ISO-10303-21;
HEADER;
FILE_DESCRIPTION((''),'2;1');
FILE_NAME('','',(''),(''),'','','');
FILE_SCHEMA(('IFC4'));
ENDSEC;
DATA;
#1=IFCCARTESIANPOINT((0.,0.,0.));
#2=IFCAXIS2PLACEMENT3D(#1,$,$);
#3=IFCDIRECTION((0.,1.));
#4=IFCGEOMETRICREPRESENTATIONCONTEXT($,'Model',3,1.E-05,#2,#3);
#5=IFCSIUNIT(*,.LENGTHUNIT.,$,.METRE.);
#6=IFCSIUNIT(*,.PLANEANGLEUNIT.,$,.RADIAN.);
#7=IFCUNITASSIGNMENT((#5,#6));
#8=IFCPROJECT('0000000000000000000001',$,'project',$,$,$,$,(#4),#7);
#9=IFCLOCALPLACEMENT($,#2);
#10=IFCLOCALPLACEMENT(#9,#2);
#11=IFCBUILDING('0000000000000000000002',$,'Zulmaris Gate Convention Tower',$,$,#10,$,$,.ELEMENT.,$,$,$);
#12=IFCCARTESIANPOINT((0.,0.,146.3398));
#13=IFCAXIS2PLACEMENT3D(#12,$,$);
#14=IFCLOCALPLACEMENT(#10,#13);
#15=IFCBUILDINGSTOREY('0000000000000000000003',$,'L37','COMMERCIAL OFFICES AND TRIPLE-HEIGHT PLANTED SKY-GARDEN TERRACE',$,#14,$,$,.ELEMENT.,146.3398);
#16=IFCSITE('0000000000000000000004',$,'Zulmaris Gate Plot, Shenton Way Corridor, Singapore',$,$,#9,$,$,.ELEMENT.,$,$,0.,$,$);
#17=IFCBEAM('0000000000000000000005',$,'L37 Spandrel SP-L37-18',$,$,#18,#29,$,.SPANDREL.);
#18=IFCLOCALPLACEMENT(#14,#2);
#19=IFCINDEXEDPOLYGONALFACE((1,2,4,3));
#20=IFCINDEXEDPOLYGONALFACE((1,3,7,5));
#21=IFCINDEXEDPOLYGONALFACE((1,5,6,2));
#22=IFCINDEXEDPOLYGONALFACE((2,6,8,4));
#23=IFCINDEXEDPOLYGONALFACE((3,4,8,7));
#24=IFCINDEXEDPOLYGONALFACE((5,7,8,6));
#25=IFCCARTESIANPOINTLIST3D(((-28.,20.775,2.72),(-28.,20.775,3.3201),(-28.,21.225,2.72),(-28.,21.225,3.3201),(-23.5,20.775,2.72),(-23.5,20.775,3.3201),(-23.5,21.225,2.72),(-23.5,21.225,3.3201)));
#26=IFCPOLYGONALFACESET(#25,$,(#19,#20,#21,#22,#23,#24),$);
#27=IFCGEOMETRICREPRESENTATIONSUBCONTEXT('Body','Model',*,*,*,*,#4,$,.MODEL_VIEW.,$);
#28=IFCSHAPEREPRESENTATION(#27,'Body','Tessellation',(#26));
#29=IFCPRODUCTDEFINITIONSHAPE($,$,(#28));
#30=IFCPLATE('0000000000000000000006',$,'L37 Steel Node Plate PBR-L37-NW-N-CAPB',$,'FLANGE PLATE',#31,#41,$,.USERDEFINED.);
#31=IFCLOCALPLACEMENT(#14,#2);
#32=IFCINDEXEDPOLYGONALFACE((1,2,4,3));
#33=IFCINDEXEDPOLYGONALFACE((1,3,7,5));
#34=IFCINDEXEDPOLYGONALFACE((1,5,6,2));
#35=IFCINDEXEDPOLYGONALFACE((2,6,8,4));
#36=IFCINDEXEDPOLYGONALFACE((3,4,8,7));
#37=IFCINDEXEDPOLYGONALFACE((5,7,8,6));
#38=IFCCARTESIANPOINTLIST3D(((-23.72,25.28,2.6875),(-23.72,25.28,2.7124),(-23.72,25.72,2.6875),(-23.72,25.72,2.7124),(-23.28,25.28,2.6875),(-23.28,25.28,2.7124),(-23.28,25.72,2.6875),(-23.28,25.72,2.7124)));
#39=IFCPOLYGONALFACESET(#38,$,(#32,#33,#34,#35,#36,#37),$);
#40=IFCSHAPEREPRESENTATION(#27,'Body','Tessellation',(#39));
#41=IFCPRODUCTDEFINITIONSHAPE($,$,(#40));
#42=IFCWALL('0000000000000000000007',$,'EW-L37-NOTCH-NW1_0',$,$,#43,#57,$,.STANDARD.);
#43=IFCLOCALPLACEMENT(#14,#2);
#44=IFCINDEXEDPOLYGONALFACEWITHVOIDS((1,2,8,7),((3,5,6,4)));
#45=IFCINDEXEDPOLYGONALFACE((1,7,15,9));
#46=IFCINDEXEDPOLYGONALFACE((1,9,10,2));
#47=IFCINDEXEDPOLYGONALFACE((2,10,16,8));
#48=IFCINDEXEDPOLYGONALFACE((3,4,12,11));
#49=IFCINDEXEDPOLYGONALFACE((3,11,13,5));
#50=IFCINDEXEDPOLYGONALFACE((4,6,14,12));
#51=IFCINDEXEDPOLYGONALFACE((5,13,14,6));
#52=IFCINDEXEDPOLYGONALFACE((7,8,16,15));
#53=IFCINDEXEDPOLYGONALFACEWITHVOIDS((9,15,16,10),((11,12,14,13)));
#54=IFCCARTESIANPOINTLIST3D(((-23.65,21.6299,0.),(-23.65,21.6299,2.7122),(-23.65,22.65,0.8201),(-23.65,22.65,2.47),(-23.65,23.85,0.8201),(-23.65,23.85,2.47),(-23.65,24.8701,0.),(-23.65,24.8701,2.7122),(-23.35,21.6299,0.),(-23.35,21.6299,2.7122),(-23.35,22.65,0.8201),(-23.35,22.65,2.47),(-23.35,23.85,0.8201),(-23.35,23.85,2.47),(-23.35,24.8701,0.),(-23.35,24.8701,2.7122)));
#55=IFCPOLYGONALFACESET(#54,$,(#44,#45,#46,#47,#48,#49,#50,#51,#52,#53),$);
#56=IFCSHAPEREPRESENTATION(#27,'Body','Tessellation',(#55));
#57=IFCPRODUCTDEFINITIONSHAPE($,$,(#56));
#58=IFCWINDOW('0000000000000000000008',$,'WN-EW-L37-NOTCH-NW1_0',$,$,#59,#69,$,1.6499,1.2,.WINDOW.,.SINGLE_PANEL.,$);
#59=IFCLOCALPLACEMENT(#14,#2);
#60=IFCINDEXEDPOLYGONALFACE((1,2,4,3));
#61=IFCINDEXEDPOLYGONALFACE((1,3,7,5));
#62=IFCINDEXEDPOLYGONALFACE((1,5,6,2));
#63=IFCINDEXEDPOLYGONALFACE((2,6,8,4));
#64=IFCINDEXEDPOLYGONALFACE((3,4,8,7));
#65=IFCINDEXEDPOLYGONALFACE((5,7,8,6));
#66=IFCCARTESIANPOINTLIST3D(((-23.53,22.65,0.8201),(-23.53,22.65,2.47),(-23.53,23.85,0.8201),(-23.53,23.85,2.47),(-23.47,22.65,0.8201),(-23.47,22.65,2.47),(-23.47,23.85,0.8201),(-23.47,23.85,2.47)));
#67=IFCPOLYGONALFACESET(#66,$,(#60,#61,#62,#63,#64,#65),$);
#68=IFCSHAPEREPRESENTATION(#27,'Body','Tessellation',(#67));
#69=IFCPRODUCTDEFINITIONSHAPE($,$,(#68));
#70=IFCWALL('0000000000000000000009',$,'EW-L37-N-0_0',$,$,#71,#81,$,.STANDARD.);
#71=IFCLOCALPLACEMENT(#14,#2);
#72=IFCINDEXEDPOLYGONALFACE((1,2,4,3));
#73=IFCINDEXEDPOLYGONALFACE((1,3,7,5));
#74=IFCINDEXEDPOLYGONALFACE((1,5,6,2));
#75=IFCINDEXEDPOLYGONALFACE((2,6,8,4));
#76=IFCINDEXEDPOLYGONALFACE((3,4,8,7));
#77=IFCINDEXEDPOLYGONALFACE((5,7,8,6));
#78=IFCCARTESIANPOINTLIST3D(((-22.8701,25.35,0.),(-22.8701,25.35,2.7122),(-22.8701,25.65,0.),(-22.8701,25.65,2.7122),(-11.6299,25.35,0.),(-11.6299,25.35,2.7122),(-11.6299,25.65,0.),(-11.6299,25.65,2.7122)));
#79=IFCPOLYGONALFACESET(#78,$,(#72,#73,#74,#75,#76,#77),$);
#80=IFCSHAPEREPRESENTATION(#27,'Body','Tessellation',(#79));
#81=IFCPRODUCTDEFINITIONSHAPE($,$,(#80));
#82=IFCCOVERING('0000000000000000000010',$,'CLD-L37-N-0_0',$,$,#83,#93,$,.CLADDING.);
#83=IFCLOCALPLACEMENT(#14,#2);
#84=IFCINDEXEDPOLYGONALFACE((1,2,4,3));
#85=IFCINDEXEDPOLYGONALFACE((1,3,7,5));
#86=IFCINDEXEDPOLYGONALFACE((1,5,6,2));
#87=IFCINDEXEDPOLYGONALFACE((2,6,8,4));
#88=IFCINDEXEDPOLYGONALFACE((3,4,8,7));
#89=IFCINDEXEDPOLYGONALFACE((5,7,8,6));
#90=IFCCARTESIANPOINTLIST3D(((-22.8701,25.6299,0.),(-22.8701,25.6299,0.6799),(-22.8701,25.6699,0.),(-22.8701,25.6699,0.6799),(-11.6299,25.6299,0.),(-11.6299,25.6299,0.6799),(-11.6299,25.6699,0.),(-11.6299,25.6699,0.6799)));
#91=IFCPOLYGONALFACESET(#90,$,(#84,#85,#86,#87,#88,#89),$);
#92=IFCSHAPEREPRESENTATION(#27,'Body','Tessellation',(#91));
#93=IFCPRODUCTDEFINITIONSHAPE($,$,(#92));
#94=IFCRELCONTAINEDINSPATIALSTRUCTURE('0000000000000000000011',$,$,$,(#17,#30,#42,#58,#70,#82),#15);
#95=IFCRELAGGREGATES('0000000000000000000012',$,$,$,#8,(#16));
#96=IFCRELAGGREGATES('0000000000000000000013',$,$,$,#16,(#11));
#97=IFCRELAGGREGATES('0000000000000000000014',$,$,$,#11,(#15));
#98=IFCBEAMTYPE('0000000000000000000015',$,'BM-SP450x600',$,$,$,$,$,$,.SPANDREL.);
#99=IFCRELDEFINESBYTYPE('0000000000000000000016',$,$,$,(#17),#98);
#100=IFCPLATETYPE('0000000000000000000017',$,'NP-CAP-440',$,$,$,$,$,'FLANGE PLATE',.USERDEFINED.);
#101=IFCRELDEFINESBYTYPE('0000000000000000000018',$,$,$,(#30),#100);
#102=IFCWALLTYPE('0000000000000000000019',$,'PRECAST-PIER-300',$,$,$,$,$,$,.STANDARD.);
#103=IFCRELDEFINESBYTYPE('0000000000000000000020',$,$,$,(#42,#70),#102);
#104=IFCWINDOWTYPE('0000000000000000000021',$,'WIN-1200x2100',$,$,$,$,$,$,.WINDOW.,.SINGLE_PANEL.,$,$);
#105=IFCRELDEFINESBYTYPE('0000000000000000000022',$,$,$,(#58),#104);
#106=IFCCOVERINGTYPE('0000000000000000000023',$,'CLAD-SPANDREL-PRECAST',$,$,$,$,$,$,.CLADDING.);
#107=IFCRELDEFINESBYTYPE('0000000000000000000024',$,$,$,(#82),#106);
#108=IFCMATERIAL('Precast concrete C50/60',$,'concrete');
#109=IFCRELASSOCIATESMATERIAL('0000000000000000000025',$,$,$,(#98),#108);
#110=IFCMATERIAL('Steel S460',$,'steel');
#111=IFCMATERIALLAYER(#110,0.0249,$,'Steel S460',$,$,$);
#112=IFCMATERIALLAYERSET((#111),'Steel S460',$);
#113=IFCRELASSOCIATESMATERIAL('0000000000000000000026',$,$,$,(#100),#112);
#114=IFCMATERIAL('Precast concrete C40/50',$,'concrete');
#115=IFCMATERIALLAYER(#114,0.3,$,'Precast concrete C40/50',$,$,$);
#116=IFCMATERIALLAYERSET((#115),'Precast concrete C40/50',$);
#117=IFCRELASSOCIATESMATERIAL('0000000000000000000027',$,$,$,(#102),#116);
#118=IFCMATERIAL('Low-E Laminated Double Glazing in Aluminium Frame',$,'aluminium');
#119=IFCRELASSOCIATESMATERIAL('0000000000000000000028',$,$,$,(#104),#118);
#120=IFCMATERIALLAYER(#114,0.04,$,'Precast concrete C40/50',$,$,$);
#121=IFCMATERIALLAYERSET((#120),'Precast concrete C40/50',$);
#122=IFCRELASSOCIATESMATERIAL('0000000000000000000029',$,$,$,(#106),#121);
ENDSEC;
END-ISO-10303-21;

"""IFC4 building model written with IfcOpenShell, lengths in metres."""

from ifc_helpers import new_model, si_unit, direction, frame, frame_2d, origin, origin_2d, place, context, subcontext, project, spatial, rectangle, extrude, material, layer, layer_set, material_profile, profile_set, type_object, element, fill, save


model = new_model("IFC4")

# Units and contexts
model_context = context("Model", 3, precision=1e-05, world=origin(), true_north=direction((0.0, 1.0)))
body_context = subcontext(model_context, "Body", "Model", "MODEL_VIEW")
ifc_project = project(units=[si_unit("LENGTHUNIT", "METRE"), si_unit("PLANEANGLEUNIT", "RADIAN")], contexts=[model_context])

# Site, building, storey
site_placement = place(None, origin())
site = spatial("IfcSite", under=ifc_project, at=site_placement, Name="Zulmaris Gate Plot, Shenton Way Corridor, Singapore", CompositionType="ELEMENT", RefElevation=0.0)
building_placement = place(site_placement, origin())
building = spatial("IfcBuilding", under=site, at=building_placement, Name="Zulmaris Gate Convention Tower", CompositionType="ELEMENT")
storey_placement = place(building_placement, frame((0.0, 0.0, 146.3398)))
storey = spatial("IfcBuildingStorey", under=building, at=storey_placement, Name="L37", Description="COMMERCIAL OFFICES AND TRIPLE-HEIGHT PLANTED SKY-GARDEN TERRACE", CompositionType="ELEMENT", Elevation=146.3398)

# Beam
ifc_material_1 = material(Name="Precast concrete C50/60", Category="concrete")
ifc_material_profile_1 = material_profile(ifc_material_1, rectangle(XDim=0.45, YDim=0.6001, at=origin_2d()), Name="RC SPANDREL 450x600")
ifc_profile_set_1 = profile_set([ifc_material_profile_1], Name="Precast concrete C50/60")
beam_type_1 = type_object("IfcBeamType", Name="BM-SP450x600", PredefinedType="SPANDREL", material=ifc_profile_set_1)
for number, where, z_axis, x_axis, name in (
    (1, (-23.5, 21.0, 3.02), (-1.0, 0.0, 0.0), (0.0, -1.0, 0.0), "L37 Spandrel SP-L37-18"),
):
    element("IfcBeam", number, at=place(storey_placement, frame(where, z_axis=z_axis, x_axis=x_axis)), inside=storey, type_object=beam_type_1, Name=name, PredefinedType="SPANDREL", context=body_context, shape_type="SweptSolid", body=[
        extrude(rectangle(XDim=0.45, YDim=0.6001, at=origin_2d()), origin(), (0.0, 0.0, 1.0), 4.5),
    ])

# Plate
ifc_material_2 = material(Name="Steel S460", Category="steel")
ifc_layer_1 = layer(ifc_material_2, 0.0249, Name="Steel S460")
ifc_layer_set_1 = layer_set([ifc_layer_1], Name="Steel S460")
plate_type = type_object("IfcPlateType", Name="NP-CAP-440", ElementType="FLANGE PLATE", PredefinedType="USERDEFINED", material=ifc_layer_set_1)
plate_placement = place(storey_placement, frame((-23.5, 25.5, 2.6875), z_axis=(0.0, 0.0, 1.0), x_axis=(1.0, 0.0, 0.0)))
element("IfcPlate", 2, at=plate_placement, inside=storey, type_object=plate_type, Name="L37 Steel Node Plate PBR-L37-NW-N-CAPB", ObjectType="FLANGE PLATE", PredefinedType="USERDEFINED", context=body_context, shape_type="SweptSolid", body=[
    extrude(rectangle(XDim=0.4399, YDim=0.4399, at=origin_2d()), origin(), (0.0, 0.0, 1.0), 0.0249),
])

# Wall, opening, window
ifc_material_3 = material(Name="Precast concrete C40/50", Category="concrete")
ifc_layer_2 = layer(ifc_material_3, 0.3, Name="Precast concrete C40/50")
ifc_layer_set_2 = layer_set([ifc_layer_2], Name="Precast concrete C40/50")
wall_type_1 = type_object("IfcWallType", Name="PRECAST-PIER-300", PredefinedType="STANDARD", material=ifc_layer_set_2)
wall_1_placement = place(storey_placement, frame((-23.5, 24.8701, 0.0), z_axis=(0.0, 0.0, 1.0), x_axis=(0.0, -1.0, 0.0)))
wall_1 = element("IfcWall", 3, at=wall_1_placement, inside=storey, type_object=wall_type_1, Name="EW-L37-NOTCH-NW1_0", PredefinedType="STANDARD", context=body_context, shape_type="SweptSolid", body=[
    extrude(rectangle(XDim=3.2402, YDim=0.3, at=frame_2d((1.6201, 0.0))), origin(), (0.0, 0.0, 1.0), 2.7122),
])
opening_1_placement = place(wall_1_placement, frame((1.02, 0.0, 0.8201)))
opening_1 = element("IfcOpeningElement", 4, at=opening_1_placement, cuts=wall_1, PredefinedType="OPENING", context=body_context, shape_type="SweptSolid", body=[
    extrude(rectangle(XDim=1.2, YDim=1.6499, at=frame_2d((0.6001, 0.825))), frame((0.0, 0.1602, 0.0), z_axis=(0.0, -1.0, 0.0), x_axis=(1.0, 0.0, 0.0)), (0.0, 0.0, 1.0), 0.3201),
])
ifc_material_4 = material(Name="Low-E Laminated Double Glazing in Aluminium Frame", Category="aluminium")
window_type = type_object("IfcWindowType", Name="WIN-1200x2100", PartitioningType="SINGLE_PANEL", PredefinedType="WINDOW", material=ifc_material_4)
window_placement = place(opening_1_placement, origin())
window = element("IfcWindow", 5, at=window_placement, inside=storey, type_object=window_type, Name="WN-EW-L37-NOTCH-NW1_0", OverallHeight=1.6499, OverallWidth=1.2, PartitioningType="SINGLE_PANEL", PredefinedType="WINDOW", context=body_context, shape_type="SweptSolid", body=[
    extrude(rectangle(XDim=1.2, YDim=1.6499, at=frame_2d((0.6001, 0.825))), frame((0.0, 0.03, 0.0), z_axis=(0.0, -1.0, 0.0), x_axis=(1.0, 0.0, 0.0)), (0.0, 0.0, 1.0), 0.0601),
])
fill(opening_1, window)

# Wall
wall_2_placement = place(storey_placement, frame((-11.6299, 25.5, 0.0), z_axis=(0.0, 0.0, 1.0), x_axis=(-1.0, 0.0, 0.0)))
element("IfcWall", 6, at=wall_2_placement, inside=storey, type_object=wall_type_1, Name="EW-L37-N-0_0", PredefinedType="STANDARD", context=body_context, shape_type="SweptSolid", body=[
    extrude(rectangle(XDim=11.2402, YDim=0.3, at=frame_2d((5.6201, 0.0))), origin(), (0.0, 0.0, 1.0), 2.7122),
])

# Covering
ifc_layer_3 = layer(ifc_material_3, 0.04, Name="Precast concrete C40/50")
ifc_layer_set_3 = layer_set([ifc_layer_3], Name="Precast concrete C40/50")
covering_type = type_object("IfcCoveringType", Name="CLAD-SPANDREL-PRECAST", PredefinedType="CLADDING", material=ifc_layer_set_3)
covering_placement = place(storey_placement, frame((-11.6299, 25.6499, 0.0), z_axis=(0.0, 0.0, 1.0), x_axis=(-1.0, 0.0, 0.0)))
element("IfcCovering", 7, at=covering_placement, inside=storey, type_object=covering_type, Name="CLD-L37-N-0_0", PredefinedType="CLADDING", context=body_context, shape_type="SweptSolid", body=[
    extrude(rectangle(XDim=11.2402, YDim=0.04, at=frame_2d((5.6201, 0.0))), origin(), (0.0, 0.0, 1.0), 0.6799),
])

save(model, "model.ifc")
